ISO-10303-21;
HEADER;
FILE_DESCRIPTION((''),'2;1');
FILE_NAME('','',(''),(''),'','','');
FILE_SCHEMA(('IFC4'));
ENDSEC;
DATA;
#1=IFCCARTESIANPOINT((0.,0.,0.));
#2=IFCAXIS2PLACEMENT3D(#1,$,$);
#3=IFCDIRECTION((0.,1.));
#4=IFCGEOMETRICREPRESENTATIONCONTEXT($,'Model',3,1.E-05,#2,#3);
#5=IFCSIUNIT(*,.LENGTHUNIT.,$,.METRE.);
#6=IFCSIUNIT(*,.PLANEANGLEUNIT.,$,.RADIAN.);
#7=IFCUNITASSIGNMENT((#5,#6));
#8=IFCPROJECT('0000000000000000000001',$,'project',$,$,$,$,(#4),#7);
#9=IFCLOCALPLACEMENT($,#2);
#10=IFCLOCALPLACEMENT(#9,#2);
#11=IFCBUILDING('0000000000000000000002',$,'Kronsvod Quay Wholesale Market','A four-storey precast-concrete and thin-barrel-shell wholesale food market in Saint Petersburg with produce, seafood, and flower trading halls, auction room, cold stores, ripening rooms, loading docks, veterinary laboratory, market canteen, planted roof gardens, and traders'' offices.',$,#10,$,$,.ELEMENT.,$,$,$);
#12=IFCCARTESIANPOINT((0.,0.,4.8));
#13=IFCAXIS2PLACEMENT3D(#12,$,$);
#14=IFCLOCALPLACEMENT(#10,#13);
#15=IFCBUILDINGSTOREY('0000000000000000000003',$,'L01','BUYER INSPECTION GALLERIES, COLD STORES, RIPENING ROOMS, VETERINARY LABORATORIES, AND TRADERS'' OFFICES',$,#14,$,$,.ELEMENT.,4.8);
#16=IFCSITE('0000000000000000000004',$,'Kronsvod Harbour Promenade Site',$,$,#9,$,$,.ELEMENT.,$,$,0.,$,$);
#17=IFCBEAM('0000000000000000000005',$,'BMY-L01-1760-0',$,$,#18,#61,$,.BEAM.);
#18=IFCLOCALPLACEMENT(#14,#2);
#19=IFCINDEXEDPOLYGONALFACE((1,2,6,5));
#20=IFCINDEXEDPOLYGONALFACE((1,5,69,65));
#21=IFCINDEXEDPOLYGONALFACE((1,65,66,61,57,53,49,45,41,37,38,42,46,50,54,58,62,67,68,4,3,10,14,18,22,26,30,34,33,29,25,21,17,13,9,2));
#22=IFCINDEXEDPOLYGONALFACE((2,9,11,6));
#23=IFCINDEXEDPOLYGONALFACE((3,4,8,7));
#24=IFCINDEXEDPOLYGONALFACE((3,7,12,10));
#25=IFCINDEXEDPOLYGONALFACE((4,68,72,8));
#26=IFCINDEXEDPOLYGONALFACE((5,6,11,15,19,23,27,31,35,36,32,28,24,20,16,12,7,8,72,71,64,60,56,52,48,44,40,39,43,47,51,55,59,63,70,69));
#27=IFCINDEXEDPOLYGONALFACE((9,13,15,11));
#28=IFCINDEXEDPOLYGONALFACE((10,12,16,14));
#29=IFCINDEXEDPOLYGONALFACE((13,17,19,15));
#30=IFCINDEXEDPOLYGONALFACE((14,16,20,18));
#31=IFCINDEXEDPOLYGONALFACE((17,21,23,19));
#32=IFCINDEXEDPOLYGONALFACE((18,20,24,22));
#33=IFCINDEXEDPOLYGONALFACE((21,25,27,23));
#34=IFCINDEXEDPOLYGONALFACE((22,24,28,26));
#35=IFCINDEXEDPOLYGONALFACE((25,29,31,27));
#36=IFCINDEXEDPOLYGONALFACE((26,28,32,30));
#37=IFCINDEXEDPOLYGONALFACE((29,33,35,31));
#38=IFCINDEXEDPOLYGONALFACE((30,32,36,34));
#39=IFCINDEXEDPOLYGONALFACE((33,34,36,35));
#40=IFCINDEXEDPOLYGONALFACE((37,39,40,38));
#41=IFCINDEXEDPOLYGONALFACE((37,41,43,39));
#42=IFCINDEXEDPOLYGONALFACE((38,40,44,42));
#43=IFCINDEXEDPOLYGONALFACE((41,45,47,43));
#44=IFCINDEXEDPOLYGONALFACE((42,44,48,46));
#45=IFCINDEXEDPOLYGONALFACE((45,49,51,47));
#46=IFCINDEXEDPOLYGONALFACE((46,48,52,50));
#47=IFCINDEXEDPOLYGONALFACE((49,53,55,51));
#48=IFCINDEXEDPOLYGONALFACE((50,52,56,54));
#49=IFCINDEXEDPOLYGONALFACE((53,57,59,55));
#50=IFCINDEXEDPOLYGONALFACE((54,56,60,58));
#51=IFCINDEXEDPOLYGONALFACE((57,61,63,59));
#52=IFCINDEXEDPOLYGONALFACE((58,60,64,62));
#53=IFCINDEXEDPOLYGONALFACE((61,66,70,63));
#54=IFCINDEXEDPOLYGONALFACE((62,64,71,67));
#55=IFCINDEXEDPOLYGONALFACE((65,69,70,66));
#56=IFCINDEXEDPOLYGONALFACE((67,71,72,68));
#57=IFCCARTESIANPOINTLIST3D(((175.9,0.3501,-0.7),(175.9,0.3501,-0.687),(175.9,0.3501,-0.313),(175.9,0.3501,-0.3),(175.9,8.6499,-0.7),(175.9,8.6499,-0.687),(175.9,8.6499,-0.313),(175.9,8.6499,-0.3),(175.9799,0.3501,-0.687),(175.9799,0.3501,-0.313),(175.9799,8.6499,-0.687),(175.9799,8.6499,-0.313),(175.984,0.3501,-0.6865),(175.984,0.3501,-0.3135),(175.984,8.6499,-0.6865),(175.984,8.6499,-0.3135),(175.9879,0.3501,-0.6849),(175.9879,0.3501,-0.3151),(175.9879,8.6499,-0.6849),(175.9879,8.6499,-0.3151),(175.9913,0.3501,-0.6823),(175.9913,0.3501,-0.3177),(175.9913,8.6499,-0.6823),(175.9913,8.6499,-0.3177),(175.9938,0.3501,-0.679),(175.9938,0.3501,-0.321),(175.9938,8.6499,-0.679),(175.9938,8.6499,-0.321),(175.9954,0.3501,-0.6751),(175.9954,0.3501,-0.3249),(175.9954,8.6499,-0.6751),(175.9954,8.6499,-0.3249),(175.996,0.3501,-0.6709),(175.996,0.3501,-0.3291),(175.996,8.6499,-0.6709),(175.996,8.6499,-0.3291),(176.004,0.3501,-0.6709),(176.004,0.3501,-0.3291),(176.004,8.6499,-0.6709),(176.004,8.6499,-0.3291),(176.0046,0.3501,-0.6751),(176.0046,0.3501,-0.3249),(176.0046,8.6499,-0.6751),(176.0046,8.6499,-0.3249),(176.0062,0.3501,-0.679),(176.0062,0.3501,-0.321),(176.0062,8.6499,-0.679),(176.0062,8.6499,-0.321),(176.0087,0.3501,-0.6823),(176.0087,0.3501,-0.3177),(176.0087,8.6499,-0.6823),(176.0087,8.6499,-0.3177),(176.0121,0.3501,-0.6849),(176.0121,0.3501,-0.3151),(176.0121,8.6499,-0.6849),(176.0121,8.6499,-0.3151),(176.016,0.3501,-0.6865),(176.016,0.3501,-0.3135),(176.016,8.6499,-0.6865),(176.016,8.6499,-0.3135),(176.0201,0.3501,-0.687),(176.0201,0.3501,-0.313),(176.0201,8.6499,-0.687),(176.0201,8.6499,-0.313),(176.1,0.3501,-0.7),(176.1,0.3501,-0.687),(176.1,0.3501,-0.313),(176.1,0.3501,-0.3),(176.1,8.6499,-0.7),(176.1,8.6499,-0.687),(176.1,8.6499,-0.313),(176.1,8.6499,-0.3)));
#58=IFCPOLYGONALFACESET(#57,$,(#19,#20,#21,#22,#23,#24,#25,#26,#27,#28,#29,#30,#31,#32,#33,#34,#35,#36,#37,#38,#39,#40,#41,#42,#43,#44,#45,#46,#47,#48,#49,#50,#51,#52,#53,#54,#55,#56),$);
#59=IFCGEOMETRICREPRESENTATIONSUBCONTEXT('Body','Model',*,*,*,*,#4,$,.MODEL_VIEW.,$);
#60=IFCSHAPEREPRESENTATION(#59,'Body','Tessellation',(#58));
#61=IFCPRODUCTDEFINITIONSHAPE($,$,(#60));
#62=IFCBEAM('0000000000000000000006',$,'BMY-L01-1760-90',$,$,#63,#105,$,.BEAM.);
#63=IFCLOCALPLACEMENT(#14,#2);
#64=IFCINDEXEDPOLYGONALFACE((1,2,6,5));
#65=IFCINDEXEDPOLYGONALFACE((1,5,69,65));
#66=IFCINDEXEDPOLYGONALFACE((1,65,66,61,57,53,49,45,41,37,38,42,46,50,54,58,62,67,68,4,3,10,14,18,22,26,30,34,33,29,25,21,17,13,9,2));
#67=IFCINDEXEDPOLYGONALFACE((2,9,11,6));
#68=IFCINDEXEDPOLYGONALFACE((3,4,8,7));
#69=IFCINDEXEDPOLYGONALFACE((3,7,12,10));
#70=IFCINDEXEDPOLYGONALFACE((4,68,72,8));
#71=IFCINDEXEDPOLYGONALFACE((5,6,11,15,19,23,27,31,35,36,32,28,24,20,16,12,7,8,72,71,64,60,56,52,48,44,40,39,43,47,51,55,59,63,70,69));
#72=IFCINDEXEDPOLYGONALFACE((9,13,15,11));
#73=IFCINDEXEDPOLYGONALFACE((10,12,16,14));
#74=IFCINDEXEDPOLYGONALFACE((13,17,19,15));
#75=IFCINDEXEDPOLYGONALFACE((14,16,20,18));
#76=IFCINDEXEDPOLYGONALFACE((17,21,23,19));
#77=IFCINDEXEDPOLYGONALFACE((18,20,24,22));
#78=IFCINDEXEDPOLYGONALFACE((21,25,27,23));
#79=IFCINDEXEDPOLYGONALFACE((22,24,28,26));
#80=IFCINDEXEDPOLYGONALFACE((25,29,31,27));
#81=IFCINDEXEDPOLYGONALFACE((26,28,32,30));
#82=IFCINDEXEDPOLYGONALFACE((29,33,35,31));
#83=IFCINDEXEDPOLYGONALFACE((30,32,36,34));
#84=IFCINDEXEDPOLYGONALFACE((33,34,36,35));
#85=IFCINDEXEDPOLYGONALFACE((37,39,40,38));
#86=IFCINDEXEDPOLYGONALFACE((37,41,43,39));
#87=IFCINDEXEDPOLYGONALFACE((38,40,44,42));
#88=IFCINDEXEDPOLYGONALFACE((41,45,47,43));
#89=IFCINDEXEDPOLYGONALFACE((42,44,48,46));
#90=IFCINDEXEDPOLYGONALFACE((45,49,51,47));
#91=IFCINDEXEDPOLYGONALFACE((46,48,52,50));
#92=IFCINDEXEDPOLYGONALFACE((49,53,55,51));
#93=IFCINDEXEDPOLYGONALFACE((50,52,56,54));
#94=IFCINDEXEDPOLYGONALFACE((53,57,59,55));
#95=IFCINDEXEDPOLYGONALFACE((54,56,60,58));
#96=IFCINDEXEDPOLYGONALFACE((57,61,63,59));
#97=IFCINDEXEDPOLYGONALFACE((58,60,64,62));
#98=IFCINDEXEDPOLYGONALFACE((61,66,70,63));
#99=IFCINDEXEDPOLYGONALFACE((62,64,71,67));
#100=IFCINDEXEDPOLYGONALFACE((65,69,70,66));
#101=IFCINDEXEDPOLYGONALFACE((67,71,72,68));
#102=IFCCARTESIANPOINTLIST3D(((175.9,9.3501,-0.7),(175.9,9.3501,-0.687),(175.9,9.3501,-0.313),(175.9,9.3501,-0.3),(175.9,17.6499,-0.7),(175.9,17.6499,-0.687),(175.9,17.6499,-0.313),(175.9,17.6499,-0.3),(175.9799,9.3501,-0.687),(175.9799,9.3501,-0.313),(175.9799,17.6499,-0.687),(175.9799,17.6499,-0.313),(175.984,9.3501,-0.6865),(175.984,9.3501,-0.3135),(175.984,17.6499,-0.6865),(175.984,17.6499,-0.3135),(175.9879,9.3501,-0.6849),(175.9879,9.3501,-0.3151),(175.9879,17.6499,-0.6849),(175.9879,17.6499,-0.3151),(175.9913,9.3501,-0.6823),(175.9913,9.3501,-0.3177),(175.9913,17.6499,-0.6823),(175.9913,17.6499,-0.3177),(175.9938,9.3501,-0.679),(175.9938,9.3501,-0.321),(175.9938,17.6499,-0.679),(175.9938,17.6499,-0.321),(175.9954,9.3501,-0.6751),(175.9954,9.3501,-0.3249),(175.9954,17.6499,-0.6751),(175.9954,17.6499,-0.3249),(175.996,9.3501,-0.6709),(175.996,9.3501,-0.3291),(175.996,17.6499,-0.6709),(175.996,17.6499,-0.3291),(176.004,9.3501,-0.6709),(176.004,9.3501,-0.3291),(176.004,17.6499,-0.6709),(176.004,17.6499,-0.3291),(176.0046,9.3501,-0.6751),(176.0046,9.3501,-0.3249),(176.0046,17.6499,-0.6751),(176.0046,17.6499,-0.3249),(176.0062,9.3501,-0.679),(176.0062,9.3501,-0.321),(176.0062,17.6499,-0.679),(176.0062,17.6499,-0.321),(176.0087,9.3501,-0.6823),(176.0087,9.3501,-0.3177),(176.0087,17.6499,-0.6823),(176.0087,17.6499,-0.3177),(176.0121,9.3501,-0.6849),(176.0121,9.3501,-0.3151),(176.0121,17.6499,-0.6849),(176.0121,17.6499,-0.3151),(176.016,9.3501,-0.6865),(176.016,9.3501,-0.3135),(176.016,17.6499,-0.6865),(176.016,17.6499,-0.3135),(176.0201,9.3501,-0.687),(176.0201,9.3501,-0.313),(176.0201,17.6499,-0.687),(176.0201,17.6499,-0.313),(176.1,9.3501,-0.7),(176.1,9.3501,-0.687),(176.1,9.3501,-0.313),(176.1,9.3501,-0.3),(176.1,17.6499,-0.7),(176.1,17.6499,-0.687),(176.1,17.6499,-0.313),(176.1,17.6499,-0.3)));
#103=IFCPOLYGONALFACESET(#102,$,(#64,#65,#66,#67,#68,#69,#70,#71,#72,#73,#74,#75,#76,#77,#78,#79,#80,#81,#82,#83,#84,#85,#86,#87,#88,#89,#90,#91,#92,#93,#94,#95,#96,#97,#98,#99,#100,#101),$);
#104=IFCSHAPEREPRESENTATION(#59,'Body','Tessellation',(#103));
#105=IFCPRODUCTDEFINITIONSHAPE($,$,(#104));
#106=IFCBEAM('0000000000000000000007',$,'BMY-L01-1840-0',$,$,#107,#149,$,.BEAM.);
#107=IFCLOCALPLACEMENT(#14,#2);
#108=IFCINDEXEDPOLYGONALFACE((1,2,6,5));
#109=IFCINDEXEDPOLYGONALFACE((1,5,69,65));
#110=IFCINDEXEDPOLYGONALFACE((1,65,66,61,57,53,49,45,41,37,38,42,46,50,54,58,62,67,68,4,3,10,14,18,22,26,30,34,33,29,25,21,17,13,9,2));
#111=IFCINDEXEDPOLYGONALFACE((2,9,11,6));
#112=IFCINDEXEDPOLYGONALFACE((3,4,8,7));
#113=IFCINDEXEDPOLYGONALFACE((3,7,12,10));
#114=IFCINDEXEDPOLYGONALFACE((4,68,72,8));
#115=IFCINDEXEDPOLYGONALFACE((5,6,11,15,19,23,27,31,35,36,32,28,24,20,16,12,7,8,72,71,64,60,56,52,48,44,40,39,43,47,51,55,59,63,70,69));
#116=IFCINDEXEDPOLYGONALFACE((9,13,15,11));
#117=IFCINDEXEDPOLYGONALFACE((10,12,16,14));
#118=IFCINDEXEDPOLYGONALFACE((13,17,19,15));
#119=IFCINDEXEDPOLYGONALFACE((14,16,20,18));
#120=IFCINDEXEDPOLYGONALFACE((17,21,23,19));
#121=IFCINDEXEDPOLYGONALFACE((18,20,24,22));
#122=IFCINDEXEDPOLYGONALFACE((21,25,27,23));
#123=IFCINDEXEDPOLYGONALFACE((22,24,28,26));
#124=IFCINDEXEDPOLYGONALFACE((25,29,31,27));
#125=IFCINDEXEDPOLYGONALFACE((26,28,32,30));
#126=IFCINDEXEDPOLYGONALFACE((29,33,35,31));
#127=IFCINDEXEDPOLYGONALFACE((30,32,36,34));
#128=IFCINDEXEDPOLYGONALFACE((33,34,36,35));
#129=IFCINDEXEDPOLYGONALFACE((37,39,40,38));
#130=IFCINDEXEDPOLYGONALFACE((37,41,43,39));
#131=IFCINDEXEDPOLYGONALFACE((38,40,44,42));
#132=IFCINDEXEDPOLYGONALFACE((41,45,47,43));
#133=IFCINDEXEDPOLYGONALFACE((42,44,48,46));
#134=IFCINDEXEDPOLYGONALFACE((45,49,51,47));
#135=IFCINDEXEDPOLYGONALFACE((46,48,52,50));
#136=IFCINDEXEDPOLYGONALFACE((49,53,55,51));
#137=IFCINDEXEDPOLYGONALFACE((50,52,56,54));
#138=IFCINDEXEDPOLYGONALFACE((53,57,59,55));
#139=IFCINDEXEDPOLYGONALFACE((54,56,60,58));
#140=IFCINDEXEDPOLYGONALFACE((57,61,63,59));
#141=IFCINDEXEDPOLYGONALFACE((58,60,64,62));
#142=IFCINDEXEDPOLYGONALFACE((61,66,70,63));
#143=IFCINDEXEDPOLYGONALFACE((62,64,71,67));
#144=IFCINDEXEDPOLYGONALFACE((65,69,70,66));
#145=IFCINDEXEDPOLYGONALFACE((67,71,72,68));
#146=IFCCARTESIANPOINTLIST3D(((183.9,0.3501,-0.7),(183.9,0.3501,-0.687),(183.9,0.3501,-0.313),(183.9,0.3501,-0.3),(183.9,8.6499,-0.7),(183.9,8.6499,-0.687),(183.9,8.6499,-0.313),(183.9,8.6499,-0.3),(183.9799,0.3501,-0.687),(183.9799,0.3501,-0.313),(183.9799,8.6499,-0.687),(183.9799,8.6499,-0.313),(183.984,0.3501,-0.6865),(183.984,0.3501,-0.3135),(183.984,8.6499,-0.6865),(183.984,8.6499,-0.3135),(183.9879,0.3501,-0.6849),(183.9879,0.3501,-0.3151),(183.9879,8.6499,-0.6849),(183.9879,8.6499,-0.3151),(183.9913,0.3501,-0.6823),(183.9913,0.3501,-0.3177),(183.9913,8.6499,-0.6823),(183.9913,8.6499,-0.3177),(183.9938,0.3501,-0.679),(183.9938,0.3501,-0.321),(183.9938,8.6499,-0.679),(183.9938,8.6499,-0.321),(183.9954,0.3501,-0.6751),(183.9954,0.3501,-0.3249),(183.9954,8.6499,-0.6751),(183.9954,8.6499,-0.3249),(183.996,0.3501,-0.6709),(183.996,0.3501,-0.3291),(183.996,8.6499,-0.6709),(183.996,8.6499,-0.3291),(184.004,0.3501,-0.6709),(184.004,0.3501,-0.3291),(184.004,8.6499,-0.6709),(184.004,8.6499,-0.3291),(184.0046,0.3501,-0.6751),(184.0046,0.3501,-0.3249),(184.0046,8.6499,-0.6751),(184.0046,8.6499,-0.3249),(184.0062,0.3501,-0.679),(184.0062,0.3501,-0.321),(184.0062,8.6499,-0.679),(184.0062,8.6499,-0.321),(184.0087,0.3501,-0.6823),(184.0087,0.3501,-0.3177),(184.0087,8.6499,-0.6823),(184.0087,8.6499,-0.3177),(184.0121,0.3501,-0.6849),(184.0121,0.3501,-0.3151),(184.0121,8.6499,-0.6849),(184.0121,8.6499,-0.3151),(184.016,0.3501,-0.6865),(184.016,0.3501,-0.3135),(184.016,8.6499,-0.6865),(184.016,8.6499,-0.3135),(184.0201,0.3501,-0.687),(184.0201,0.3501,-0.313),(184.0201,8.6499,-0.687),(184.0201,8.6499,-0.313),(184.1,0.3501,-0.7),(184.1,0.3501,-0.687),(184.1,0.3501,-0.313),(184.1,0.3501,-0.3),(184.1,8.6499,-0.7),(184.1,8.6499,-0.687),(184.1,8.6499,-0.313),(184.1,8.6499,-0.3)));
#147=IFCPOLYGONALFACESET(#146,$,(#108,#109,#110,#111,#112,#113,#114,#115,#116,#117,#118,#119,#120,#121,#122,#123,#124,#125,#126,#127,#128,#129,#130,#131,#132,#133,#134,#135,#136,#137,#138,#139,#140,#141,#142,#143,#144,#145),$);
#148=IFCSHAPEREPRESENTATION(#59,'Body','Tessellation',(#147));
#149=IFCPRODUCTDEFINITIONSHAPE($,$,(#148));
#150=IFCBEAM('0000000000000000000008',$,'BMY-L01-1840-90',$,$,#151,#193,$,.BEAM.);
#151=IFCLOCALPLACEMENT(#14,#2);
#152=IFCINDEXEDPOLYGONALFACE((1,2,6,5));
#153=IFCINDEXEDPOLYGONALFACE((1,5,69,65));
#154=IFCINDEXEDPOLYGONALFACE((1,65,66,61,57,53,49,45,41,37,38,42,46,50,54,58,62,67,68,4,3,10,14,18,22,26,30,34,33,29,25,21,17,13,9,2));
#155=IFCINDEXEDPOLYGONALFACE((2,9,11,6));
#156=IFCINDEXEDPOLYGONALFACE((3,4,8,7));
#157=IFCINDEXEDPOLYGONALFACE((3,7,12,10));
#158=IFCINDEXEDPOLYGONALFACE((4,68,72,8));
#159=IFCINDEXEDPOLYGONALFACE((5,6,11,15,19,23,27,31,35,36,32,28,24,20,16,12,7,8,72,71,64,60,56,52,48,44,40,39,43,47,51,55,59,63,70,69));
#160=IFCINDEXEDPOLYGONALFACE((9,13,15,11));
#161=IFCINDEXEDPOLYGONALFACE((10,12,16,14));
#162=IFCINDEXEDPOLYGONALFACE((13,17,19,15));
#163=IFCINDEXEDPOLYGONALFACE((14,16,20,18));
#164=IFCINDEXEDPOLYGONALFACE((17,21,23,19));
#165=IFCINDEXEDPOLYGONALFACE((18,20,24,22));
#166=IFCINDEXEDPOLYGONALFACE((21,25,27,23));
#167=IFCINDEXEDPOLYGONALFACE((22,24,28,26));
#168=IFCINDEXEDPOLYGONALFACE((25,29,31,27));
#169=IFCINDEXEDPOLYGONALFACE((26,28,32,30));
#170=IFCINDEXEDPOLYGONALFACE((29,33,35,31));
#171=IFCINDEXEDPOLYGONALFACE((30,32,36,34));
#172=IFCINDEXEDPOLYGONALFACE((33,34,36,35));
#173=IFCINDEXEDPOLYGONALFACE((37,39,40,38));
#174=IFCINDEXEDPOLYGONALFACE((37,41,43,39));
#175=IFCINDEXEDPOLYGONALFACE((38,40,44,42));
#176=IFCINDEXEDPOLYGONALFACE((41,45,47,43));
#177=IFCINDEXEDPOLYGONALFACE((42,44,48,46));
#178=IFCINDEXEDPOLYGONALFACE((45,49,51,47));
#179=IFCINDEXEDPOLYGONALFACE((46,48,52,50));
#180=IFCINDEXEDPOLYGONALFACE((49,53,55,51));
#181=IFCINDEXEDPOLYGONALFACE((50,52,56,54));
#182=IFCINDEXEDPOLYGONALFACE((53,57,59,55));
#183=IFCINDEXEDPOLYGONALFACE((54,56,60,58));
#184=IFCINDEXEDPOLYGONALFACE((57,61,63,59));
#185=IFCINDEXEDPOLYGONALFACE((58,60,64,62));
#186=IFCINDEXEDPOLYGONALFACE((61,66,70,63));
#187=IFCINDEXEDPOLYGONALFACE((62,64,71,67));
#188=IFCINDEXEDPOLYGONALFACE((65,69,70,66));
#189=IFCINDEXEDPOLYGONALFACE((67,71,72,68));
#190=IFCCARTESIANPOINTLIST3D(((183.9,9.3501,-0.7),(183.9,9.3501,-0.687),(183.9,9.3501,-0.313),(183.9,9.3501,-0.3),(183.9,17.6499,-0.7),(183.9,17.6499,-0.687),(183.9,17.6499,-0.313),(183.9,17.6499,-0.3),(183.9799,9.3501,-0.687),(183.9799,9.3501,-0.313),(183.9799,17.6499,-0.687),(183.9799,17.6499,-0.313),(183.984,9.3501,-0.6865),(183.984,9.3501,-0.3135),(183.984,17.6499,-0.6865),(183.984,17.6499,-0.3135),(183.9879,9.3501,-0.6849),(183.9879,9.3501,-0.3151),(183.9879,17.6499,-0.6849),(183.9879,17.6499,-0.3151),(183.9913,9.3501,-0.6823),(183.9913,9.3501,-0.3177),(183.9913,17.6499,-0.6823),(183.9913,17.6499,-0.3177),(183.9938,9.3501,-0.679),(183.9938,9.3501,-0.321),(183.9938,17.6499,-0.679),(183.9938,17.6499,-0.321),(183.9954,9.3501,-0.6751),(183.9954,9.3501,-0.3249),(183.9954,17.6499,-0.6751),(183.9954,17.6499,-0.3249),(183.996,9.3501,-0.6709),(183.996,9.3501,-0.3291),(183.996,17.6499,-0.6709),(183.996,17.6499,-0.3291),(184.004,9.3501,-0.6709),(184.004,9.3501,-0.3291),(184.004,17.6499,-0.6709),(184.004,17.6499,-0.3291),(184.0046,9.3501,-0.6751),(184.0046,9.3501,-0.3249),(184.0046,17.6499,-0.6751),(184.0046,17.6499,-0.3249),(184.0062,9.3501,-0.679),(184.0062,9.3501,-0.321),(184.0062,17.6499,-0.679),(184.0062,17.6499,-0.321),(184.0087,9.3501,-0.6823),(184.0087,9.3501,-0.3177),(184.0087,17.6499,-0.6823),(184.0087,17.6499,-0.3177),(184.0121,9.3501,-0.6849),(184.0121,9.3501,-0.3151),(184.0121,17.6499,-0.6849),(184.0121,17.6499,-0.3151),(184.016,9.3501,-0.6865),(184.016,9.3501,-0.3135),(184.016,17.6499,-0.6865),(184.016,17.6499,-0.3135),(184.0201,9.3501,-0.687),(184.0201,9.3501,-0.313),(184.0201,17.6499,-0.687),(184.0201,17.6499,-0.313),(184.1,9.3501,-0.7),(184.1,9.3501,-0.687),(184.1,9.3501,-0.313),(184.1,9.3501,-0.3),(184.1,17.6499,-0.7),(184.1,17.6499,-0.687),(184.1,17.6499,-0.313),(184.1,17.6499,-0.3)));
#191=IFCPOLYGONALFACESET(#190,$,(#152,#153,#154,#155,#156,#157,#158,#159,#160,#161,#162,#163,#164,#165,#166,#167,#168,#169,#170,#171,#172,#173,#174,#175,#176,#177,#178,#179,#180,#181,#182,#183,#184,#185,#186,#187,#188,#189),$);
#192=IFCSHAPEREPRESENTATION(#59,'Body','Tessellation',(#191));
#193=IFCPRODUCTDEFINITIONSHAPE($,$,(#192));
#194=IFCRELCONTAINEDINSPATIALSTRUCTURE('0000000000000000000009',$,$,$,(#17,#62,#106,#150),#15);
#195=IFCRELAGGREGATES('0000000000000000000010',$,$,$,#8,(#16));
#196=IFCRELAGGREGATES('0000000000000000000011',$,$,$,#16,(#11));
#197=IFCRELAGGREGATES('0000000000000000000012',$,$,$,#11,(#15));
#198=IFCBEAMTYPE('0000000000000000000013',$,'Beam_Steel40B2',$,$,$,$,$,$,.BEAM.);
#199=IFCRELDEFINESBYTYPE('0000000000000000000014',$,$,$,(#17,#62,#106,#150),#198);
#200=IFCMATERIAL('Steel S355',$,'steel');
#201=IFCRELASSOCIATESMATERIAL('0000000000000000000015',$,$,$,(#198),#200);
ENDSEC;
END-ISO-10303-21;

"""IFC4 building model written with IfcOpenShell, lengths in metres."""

from ifc_helpers import new_model, si_unit, direction, frame, origin, origin_2d, place, context, subcontext, project, spatial, i_section, extrude, material, material_profile, profile_set, type_object, element, save


model = new_model("IFC4")

# Units and contexts
model_context = context("Model", 3, precision=1e-05, world=origin(), true_north=direction((0.0, 1.0)))
body_context = subcontext(model_context, "Body", "Model", "MODEL_VIEW")
ifc_project = project(units=[si_unit("LENGTHUNIT", "METRE"), si_unit("PLANEANGLEUNIT", "RADIAN")], contexts=[model_context])

# Site, building, storey
site_placement = place(None, origin())
site = spatial("IfcSite", under=ifc_project, at=site_placement, Name="Kronsvod Harbour Promenade Site", CompositionType="ELEMENT", RefElevation=0.0)
building_placement = place(site_placement, origin())
building = spatial("IfcBuilding", under=site, at=building_placement, Name="Kronsvod Quay Wholesale Market", Description="A four-storey precast-concrete and thin-barrel-shell wholesale food market in Saint Petersburg with produce, seafood, and flower trading halls, auction room, cold stores, ripening rooms, loading docks, veterinary laboratory, market canteen, planted roof gardens, and traders' offices.", CompositionType="ELEMENT")
storey_placement = place(building_placement, frame((0.0, 0.0, 4.8)))
storey = spatial("IfcBuildingStorey", under=building, at=storey_placement, Name="L01", Description="BUYER INSPECTION GALLERIES, COLD STORES, RIPENING ROOMS, VETERINARY LABORATORIES, AND TRADERS' OFFICES", CompositionType="ELEMENT", Elevation=4.8)

# Beams
ifc_material_1 = material(Name="Steel S355", Category="steel")
ifc_material_profile_1 = material_profile(ifc_material_1, i_section(OverallWidth=0.2, OverallDepth=0.3999, WebThickness=0.0081, FlangeThickness=0.0129, FilletRadius=0.0161, at=origin_2d()), Name="40B2")
ifc_profile_set_1 = profile_set([ifc_material_profile_1], Name="Steel S355")
beam_type_1 = type_object("IfcBeamType", Name="Beam_Steel40B2", PredefinedType="BEAM", material=ifc_profile_set_1)
for number, where, z_axis, x_axis, name in (
    (1, (176.0, 0.3501, -0.5), (0.0, 1.0, 0.0), (-1.0, 0.0, 0.0), "BMY-L01-1760-0"),
    (2, (176.0, 9.3501, -0.5), (0.0, 1.0, 0.0), (-1.0, 0.0, 0.0), "BMY-L01-1760-90"),
    (3, (184.0, 0.3501, -0.5), (0.0, 1.0, 0.0), (-1.0, 0.0, 0.0), "BMY-L01-1840-0"),
    (4, (184.0, 9.3501, -0.5), (0.0, 1.0, 0.0), (-1.0, 0.0, 0.0), "BMY-L01-1840-90"),
):
    element("IfcBeam", number, at=place(storey_placement, frame(where, z_axis=z_axis, x_axis=x_axis)), inside=storey, type_object=beam_type_1, Name=name, PredefinedType="BEAM", context=body_context, shape_type="SweptSolid", body=[
        extrude(i_section(OverallWidth=0.2, OverallDepth=0.3999, WebThickness=0.0081, FlangeThickness=0.0129, FilletRadius=0.0161, at=origin_2d()), origin(), (0.0, 0.0, 1.0), 8.2998),
    ])

save(model, "model.ifc")
